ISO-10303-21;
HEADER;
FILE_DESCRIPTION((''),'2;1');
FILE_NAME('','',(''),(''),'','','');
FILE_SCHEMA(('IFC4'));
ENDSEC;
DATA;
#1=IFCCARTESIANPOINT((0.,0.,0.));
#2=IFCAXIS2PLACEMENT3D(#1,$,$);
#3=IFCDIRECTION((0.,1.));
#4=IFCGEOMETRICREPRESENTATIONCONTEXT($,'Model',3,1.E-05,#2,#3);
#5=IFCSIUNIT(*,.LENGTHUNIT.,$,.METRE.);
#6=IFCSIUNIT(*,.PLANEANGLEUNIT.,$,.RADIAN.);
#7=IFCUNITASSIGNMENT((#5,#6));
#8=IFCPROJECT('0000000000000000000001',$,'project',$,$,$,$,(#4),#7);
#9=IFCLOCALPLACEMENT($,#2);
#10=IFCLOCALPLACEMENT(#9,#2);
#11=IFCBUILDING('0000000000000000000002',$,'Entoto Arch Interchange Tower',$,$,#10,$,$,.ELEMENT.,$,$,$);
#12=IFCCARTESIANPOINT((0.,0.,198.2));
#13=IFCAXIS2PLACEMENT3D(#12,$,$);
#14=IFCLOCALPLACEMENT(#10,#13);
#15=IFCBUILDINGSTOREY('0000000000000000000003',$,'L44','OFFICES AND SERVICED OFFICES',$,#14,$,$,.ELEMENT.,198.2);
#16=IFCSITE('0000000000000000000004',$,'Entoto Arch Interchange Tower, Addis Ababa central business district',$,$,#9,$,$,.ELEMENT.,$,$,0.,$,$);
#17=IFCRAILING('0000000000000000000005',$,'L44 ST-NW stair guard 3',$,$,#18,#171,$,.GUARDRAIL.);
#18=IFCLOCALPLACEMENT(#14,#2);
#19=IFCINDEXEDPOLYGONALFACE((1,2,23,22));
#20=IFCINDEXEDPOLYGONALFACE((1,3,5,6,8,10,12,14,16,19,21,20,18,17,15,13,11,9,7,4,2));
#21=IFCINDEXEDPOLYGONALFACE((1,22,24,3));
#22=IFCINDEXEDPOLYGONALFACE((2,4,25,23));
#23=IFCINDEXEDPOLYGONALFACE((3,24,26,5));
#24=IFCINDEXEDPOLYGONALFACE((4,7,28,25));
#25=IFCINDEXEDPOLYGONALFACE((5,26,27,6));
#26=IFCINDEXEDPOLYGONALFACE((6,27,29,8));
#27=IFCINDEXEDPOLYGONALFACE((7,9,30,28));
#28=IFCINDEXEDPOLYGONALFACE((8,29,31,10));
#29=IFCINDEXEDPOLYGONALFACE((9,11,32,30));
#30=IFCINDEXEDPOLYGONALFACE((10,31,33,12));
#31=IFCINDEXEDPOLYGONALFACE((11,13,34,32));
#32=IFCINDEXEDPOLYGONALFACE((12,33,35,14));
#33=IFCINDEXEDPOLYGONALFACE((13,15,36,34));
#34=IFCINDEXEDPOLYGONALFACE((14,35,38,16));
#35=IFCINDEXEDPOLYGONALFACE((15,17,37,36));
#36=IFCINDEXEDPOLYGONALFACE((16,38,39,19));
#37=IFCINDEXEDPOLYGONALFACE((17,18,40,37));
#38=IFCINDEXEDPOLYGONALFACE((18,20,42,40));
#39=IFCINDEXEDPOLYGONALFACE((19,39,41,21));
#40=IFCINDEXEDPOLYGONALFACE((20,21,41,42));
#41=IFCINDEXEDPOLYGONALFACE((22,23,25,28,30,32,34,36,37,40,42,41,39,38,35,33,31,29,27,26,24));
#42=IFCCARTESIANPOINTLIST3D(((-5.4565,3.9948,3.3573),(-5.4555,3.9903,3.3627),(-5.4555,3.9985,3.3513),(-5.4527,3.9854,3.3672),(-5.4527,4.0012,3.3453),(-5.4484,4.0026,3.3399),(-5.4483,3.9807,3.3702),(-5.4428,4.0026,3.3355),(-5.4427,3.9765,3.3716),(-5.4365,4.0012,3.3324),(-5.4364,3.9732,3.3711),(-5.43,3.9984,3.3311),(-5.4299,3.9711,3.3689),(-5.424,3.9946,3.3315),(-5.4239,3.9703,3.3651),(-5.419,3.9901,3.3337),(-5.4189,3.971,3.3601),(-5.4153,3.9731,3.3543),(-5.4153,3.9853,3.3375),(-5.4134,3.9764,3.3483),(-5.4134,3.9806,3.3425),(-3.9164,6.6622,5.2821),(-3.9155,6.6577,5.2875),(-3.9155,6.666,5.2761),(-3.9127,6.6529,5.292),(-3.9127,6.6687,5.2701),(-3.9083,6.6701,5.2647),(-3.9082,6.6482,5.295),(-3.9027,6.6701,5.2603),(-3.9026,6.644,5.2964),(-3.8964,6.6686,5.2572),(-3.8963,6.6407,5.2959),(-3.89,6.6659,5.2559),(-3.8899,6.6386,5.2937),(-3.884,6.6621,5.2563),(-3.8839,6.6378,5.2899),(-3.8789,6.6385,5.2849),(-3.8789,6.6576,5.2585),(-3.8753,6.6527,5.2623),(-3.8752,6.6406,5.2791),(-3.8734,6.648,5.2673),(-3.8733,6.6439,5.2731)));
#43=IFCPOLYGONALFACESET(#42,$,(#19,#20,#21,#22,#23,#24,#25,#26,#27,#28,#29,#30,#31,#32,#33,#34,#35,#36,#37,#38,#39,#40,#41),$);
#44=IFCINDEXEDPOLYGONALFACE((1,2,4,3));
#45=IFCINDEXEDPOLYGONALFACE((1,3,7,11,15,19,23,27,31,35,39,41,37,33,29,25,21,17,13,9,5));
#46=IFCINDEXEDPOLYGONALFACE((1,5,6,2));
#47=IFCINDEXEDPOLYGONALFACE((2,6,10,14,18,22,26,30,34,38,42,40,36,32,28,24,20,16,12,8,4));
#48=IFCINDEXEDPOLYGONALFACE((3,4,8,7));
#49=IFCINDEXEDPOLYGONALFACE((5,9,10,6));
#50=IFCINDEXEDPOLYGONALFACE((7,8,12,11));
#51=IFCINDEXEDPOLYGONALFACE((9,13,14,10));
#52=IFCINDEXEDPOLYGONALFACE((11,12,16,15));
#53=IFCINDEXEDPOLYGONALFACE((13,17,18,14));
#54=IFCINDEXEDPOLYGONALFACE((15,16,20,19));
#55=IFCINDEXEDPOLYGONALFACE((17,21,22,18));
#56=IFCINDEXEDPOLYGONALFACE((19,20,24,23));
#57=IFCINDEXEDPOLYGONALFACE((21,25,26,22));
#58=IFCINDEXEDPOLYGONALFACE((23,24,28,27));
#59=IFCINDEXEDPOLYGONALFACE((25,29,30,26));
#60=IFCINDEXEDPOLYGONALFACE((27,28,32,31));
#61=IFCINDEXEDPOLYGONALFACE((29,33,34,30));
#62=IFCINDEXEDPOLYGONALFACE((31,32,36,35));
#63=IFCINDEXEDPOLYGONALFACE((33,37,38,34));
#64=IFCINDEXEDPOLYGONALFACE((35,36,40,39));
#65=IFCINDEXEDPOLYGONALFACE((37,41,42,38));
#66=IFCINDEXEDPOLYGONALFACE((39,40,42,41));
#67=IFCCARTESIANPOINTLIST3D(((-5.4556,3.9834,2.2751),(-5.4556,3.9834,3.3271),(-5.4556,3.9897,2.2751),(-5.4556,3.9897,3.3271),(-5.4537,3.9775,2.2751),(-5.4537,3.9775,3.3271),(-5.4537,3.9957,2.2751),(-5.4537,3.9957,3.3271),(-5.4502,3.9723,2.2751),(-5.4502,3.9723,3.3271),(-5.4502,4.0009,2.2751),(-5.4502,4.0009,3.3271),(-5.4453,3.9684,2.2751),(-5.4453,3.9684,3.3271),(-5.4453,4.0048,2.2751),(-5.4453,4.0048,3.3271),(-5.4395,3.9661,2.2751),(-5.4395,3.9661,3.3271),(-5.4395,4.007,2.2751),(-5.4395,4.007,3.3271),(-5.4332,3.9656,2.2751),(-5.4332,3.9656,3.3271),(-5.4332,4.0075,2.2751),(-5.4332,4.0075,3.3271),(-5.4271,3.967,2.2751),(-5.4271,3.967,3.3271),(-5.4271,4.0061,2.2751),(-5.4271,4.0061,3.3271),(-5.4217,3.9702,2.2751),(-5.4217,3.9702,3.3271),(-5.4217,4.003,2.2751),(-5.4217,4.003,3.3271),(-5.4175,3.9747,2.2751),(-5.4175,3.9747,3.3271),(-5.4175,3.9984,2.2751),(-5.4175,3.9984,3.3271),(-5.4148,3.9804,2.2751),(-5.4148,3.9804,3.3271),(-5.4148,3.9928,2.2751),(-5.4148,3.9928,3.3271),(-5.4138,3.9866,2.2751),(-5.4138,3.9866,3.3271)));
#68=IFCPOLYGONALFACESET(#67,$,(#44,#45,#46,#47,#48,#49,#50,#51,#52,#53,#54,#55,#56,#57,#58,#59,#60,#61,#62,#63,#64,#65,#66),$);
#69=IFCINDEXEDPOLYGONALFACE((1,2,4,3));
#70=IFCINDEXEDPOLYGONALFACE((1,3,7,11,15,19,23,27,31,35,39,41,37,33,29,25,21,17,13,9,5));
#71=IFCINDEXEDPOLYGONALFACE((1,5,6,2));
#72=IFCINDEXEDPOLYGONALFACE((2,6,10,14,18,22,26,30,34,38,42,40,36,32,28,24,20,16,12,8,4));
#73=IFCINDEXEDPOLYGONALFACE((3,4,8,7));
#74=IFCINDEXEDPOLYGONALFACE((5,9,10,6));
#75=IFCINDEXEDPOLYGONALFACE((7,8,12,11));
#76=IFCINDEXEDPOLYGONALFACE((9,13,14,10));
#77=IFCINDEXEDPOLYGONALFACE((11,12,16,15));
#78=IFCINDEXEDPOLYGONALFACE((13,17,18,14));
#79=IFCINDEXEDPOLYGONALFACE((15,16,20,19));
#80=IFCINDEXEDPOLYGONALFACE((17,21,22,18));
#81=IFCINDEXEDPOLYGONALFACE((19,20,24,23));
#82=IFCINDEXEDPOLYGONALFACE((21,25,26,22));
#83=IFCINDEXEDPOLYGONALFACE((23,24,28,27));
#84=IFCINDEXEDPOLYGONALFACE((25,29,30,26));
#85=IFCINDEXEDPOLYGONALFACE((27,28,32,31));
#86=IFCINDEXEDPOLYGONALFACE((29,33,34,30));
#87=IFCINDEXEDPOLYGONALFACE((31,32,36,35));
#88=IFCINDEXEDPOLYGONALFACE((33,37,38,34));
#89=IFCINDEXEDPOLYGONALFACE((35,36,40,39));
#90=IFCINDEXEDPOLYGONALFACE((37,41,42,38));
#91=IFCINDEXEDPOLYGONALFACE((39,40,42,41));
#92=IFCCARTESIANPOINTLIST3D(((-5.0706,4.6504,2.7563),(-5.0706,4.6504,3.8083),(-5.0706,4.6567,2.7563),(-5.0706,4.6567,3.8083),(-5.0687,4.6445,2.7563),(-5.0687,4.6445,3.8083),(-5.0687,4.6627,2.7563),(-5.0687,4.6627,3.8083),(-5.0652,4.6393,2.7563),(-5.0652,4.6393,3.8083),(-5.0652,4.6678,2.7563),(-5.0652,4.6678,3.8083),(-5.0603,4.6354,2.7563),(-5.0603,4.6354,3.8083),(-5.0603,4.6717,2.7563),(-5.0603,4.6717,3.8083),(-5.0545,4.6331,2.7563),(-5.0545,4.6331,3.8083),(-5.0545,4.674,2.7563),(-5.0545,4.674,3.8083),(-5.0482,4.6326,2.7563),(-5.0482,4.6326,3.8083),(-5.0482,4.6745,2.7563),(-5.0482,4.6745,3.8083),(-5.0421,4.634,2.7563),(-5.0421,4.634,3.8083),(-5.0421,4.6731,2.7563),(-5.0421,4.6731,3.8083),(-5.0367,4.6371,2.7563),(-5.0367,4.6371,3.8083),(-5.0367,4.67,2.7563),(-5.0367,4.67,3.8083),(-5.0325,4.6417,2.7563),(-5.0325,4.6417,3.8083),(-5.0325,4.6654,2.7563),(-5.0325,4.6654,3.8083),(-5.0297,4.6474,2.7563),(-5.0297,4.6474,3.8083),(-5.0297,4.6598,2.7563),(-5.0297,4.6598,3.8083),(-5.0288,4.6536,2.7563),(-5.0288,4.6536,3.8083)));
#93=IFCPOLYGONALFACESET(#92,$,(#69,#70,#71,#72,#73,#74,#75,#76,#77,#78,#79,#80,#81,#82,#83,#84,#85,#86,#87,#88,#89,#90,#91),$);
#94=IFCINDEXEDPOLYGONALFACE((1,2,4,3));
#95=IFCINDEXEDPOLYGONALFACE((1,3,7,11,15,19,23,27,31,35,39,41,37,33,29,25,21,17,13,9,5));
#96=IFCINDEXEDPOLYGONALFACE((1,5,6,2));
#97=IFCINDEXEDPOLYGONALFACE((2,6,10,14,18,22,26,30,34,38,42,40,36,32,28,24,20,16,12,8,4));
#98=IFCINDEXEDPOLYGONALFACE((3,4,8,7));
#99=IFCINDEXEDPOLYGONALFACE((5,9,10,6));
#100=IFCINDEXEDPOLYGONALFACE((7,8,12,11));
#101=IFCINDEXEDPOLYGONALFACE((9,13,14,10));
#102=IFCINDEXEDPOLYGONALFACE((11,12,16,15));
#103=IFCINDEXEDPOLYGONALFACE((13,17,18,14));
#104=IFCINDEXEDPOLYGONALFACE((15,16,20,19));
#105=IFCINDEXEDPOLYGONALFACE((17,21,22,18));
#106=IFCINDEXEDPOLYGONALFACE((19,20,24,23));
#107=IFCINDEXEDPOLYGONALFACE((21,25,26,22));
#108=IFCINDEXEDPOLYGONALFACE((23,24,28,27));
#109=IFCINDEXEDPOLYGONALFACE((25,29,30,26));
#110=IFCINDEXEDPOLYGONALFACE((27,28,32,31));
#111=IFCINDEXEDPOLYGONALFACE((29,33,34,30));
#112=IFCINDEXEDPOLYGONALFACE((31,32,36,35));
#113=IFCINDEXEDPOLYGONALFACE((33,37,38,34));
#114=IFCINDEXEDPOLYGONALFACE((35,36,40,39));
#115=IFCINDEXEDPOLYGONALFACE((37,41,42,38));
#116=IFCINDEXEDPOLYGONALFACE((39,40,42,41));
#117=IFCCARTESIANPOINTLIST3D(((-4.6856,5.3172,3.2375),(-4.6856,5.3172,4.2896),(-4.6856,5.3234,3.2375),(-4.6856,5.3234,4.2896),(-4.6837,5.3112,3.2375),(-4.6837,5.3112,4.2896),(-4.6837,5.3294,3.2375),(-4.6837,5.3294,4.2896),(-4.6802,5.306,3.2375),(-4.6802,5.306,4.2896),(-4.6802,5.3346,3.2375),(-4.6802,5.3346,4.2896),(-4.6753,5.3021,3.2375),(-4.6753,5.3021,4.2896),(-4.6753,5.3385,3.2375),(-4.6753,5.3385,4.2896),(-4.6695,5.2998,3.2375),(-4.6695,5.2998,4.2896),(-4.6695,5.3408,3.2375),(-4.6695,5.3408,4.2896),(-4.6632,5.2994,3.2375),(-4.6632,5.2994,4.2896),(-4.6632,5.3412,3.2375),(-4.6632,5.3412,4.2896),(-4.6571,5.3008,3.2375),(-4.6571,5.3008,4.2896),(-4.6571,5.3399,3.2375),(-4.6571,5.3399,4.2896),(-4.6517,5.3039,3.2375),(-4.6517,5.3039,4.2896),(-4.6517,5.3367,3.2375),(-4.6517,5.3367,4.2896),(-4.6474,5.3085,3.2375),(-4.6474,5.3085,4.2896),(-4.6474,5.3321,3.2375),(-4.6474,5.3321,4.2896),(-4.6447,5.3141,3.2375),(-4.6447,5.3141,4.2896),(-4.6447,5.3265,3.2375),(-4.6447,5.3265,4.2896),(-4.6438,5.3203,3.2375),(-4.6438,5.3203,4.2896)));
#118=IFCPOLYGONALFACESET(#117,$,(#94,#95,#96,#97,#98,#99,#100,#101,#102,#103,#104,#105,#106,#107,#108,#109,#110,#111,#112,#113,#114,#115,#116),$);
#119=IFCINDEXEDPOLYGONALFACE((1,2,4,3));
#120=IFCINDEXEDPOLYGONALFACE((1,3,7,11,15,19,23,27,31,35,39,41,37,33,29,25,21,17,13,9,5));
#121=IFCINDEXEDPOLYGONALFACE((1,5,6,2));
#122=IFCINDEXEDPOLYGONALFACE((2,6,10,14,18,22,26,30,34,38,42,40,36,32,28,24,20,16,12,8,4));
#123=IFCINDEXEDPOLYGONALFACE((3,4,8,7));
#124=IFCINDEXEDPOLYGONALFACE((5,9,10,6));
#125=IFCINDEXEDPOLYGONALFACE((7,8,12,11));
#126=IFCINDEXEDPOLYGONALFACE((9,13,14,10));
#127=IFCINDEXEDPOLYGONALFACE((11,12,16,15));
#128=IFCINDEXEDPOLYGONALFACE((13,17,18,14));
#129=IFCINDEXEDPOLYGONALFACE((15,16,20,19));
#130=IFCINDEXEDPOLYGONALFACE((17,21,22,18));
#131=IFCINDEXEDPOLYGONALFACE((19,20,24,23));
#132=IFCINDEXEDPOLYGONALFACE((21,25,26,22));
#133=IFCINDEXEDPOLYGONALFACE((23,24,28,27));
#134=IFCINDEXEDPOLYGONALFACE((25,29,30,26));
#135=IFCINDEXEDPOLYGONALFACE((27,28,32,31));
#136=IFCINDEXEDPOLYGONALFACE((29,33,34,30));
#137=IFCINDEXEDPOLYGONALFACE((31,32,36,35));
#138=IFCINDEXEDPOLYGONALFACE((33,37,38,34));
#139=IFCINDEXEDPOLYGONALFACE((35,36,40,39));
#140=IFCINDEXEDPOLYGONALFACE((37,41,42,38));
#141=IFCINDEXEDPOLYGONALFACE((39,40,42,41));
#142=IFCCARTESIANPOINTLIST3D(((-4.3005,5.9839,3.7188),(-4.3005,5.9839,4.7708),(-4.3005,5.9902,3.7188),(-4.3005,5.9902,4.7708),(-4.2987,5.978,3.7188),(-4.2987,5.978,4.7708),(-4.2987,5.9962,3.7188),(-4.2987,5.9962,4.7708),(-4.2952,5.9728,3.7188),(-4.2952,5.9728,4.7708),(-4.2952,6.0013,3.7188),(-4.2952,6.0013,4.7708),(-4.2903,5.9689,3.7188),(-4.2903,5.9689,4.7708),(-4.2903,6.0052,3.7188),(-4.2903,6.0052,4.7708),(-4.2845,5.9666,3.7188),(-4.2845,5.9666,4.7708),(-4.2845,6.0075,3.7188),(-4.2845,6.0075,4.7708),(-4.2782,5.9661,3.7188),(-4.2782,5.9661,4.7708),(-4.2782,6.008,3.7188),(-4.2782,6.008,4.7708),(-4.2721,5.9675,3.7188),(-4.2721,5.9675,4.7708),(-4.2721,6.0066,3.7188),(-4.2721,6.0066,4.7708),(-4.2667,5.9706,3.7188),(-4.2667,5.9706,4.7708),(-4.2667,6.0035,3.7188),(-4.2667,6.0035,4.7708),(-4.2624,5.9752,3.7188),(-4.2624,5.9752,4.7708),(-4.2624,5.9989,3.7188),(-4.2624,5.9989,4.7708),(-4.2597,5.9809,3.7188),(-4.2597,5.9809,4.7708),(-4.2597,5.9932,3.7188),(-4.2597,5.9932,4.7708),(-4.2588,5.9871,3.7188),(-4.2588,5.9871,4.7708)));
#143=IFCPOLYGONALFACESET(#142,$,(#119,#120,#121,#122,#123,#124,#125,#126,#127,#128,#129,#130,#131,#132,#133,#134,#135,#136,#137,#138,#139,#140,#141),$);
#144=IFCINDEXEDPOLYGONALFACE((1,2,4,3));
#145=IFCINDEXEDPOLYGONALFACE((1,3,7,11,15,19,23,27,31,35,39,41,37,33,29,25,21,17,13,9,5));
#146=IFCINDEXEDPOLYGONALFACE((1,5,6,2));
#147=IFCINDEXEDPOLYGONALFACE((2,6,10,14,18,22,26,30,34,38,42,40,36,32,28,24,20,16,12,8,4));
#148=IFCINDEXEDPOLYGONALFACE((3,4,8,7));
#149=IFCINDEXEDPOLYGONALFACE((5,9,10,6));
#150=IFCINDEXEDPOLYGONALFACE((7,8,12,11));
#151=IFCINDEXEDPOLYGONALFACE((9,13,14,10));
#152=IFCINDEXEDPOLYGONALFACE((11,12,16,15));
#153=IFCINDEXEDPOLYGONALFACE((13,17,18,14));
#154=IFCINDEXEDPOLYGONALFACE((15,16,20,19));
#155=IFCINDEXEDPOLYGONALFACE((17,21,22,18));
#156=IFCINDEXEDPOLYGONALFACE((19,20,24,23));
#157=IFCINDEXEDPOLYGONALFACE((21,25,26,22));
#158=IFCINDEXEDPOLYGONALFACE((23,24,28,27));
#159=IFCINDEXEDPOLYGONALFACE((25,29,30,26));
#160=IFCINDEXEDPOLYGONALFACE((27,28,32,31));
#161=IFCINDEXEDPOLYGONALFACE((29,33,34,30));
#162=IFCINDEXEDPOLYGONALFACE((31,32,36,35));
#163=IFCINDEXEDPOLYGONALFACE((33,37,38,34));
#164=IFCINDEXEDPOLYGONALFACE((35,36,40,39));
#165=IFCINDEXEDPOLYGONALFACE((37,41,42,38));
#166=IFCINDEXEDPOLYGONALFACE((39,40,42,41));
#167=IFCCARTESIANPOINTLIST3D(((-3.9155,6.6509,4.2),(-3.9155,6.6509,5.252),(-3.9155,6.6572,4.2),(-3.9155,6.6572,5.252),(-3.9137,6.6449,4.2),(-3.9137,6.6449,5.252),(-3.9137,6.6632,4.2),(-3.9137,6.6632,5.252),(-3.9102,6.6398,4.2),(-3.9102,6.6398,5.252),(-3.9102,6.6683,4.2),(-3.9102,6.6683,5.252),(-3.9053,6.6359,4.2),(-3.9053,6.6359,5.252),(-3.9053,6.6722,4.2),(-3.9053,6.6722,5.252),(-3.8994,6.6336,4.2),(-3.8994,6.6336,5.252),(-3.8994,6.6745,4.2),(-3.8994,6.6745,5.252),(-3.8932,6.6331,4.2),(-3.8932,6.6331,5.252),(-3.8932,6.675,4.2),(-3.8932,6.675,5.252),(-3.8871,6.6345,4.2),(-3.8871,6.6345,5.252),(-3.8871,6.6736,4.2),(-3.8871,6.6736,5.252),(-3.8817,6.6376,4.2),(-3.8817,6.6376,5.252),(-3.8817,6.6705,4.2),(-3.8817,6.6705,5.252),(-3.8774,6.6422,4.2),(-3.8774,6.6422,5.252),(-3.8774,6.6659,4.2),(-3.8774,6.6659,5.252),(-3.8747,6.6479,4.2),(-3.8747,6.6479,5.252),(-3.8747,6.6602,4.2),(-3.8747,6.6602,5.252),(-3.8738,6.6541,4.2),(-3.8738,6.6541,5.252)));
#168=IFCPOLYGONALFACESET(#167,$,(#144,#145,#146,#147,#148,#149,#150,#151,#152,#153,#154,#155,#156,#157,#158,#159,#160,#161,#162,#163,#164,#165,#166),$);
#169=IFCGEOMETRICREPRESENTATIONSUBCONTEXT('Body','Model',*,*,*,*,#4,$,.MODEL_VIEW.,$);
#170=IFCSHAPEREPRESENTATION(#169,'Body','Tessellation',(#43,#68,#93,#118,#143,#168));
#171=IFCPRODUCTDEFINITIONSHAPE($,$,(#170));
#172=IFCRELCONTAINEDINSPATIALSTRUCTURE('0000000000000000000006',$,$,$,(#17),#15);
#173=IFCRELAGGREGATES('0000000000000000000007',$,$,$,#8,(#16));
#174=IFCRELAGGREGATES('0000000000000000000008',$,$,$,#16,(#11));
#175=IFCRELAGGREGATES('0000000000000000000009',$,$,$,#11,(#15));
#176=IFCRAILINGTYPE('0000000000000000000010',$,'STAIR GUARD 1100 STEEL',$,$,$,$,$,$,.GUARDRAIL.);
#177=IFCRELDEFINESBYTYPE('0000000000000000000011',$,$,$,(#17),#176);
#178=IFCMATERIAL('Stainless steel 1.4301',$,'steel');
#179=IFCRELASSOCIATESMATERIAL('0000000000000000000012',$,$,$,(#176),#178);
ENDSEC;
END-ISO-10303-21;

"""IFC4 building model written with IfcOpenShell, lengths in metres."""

from ifc_helpers import new_model, si_unit, direction, frame, origin, origin_2d, place, context, subcontext, project, spatial, circle, extrude, material, type_object, element, save


model = new_model("IFC4")

# Units and contexts
model_context = context("Model", 3, precision=1e-05, world=origin(), true_north=direction((0.0, 1.0)))
body_context = subcontext(model_context, "Body", "Model", "MODEL_VIEW")
ifc_project = project(units=[si_unit("LENGTHUNIT", "METRE"), si_unit("PLANEANGLEUNIT", "RADIAN")], contexts=[model_context])

# Site, building, storey
site_placement = place(None, origin())
site = spatial("IfcSite", under=ifc_project, at=site_placement, Name="Entoto Arch Interchange Tower, Addis Ababa central business district", CompositionType="ELEMENT", RefElevation=0.0)
building_placement = place(site_placement, origin())
building = spatial("IfcBuilding", under=site, at=building_placement, Name="Entoto Arch Interchange Tower", CompositionType="ELEMENT")
storey_placement = place(building_placement, frame((0.0, 0.0, 198.2)))
storey = spatial("IfcBuildingStorey", under=building, at=storey_placement, Name="L44", Description="OFFICES AND SERVICED OFFICES", CompositionType="ELEMENT", Elevation=198.2)

# Railing
ifc_material_1 = material(Name="Stainless steel 1.4301", Category="steel")
railing_type_1 = type_object("IfcRailingType", Name="STAIR GUARD 1100 STEEL", PredefinedType="GUARDRAIL", material=ifc_material_1)
railing_1_placement = place(storey_placement, frame((-5.4348, 3.9866, 2.2751)))
element("IfcRailing", 1, at=railing_1_placement, inside=storey, type_object=railing_type_1, Name="L44 ST-NW stair guard 3", PredefinedType="GUARDRAIL", context=body_context, shape_type="SweptSolid", body=[
    extrude(circle(Radius=0.0239, at=origin_2d()), frame((0.0, 0.0, 1.0762), z_axis=(0.42401, 0.734421, 0.529945), x_axis=(-0.86603, 0.499992, 0.0)), (0.0, 0.0, 1.0), 3.6321),
    extrude(circle(Radius=0.021, at=origin_2d()), origin(), (0.0, 0.0, 1.0), 1.052),
    extrude(circle(Radius=0.021, at=origin_2d()), frame((0.385, 0.667, 0.4812)), (0.0, 0.0, 1.0), 1.052),
    extrude(circle(Radius=0.021, at=origin_2d()), frame((0.77, 1.3337, 0.9624)), (0.0, 0.0, 1.0), 1.052),
    extrude(circle(Radius=0.021, at=origin_2d()), frame((1.155, 2.0005, 1.4436)), (0.0, 0.0, 1.0), 1.052),
    extrude(circle(Radius=0.021, at=origin_2d()), frame((1.54, 2.6675, 1.9248)), (0.0, 0.0, 1.0), 1.052),
])

save(model, "model.ifc")
